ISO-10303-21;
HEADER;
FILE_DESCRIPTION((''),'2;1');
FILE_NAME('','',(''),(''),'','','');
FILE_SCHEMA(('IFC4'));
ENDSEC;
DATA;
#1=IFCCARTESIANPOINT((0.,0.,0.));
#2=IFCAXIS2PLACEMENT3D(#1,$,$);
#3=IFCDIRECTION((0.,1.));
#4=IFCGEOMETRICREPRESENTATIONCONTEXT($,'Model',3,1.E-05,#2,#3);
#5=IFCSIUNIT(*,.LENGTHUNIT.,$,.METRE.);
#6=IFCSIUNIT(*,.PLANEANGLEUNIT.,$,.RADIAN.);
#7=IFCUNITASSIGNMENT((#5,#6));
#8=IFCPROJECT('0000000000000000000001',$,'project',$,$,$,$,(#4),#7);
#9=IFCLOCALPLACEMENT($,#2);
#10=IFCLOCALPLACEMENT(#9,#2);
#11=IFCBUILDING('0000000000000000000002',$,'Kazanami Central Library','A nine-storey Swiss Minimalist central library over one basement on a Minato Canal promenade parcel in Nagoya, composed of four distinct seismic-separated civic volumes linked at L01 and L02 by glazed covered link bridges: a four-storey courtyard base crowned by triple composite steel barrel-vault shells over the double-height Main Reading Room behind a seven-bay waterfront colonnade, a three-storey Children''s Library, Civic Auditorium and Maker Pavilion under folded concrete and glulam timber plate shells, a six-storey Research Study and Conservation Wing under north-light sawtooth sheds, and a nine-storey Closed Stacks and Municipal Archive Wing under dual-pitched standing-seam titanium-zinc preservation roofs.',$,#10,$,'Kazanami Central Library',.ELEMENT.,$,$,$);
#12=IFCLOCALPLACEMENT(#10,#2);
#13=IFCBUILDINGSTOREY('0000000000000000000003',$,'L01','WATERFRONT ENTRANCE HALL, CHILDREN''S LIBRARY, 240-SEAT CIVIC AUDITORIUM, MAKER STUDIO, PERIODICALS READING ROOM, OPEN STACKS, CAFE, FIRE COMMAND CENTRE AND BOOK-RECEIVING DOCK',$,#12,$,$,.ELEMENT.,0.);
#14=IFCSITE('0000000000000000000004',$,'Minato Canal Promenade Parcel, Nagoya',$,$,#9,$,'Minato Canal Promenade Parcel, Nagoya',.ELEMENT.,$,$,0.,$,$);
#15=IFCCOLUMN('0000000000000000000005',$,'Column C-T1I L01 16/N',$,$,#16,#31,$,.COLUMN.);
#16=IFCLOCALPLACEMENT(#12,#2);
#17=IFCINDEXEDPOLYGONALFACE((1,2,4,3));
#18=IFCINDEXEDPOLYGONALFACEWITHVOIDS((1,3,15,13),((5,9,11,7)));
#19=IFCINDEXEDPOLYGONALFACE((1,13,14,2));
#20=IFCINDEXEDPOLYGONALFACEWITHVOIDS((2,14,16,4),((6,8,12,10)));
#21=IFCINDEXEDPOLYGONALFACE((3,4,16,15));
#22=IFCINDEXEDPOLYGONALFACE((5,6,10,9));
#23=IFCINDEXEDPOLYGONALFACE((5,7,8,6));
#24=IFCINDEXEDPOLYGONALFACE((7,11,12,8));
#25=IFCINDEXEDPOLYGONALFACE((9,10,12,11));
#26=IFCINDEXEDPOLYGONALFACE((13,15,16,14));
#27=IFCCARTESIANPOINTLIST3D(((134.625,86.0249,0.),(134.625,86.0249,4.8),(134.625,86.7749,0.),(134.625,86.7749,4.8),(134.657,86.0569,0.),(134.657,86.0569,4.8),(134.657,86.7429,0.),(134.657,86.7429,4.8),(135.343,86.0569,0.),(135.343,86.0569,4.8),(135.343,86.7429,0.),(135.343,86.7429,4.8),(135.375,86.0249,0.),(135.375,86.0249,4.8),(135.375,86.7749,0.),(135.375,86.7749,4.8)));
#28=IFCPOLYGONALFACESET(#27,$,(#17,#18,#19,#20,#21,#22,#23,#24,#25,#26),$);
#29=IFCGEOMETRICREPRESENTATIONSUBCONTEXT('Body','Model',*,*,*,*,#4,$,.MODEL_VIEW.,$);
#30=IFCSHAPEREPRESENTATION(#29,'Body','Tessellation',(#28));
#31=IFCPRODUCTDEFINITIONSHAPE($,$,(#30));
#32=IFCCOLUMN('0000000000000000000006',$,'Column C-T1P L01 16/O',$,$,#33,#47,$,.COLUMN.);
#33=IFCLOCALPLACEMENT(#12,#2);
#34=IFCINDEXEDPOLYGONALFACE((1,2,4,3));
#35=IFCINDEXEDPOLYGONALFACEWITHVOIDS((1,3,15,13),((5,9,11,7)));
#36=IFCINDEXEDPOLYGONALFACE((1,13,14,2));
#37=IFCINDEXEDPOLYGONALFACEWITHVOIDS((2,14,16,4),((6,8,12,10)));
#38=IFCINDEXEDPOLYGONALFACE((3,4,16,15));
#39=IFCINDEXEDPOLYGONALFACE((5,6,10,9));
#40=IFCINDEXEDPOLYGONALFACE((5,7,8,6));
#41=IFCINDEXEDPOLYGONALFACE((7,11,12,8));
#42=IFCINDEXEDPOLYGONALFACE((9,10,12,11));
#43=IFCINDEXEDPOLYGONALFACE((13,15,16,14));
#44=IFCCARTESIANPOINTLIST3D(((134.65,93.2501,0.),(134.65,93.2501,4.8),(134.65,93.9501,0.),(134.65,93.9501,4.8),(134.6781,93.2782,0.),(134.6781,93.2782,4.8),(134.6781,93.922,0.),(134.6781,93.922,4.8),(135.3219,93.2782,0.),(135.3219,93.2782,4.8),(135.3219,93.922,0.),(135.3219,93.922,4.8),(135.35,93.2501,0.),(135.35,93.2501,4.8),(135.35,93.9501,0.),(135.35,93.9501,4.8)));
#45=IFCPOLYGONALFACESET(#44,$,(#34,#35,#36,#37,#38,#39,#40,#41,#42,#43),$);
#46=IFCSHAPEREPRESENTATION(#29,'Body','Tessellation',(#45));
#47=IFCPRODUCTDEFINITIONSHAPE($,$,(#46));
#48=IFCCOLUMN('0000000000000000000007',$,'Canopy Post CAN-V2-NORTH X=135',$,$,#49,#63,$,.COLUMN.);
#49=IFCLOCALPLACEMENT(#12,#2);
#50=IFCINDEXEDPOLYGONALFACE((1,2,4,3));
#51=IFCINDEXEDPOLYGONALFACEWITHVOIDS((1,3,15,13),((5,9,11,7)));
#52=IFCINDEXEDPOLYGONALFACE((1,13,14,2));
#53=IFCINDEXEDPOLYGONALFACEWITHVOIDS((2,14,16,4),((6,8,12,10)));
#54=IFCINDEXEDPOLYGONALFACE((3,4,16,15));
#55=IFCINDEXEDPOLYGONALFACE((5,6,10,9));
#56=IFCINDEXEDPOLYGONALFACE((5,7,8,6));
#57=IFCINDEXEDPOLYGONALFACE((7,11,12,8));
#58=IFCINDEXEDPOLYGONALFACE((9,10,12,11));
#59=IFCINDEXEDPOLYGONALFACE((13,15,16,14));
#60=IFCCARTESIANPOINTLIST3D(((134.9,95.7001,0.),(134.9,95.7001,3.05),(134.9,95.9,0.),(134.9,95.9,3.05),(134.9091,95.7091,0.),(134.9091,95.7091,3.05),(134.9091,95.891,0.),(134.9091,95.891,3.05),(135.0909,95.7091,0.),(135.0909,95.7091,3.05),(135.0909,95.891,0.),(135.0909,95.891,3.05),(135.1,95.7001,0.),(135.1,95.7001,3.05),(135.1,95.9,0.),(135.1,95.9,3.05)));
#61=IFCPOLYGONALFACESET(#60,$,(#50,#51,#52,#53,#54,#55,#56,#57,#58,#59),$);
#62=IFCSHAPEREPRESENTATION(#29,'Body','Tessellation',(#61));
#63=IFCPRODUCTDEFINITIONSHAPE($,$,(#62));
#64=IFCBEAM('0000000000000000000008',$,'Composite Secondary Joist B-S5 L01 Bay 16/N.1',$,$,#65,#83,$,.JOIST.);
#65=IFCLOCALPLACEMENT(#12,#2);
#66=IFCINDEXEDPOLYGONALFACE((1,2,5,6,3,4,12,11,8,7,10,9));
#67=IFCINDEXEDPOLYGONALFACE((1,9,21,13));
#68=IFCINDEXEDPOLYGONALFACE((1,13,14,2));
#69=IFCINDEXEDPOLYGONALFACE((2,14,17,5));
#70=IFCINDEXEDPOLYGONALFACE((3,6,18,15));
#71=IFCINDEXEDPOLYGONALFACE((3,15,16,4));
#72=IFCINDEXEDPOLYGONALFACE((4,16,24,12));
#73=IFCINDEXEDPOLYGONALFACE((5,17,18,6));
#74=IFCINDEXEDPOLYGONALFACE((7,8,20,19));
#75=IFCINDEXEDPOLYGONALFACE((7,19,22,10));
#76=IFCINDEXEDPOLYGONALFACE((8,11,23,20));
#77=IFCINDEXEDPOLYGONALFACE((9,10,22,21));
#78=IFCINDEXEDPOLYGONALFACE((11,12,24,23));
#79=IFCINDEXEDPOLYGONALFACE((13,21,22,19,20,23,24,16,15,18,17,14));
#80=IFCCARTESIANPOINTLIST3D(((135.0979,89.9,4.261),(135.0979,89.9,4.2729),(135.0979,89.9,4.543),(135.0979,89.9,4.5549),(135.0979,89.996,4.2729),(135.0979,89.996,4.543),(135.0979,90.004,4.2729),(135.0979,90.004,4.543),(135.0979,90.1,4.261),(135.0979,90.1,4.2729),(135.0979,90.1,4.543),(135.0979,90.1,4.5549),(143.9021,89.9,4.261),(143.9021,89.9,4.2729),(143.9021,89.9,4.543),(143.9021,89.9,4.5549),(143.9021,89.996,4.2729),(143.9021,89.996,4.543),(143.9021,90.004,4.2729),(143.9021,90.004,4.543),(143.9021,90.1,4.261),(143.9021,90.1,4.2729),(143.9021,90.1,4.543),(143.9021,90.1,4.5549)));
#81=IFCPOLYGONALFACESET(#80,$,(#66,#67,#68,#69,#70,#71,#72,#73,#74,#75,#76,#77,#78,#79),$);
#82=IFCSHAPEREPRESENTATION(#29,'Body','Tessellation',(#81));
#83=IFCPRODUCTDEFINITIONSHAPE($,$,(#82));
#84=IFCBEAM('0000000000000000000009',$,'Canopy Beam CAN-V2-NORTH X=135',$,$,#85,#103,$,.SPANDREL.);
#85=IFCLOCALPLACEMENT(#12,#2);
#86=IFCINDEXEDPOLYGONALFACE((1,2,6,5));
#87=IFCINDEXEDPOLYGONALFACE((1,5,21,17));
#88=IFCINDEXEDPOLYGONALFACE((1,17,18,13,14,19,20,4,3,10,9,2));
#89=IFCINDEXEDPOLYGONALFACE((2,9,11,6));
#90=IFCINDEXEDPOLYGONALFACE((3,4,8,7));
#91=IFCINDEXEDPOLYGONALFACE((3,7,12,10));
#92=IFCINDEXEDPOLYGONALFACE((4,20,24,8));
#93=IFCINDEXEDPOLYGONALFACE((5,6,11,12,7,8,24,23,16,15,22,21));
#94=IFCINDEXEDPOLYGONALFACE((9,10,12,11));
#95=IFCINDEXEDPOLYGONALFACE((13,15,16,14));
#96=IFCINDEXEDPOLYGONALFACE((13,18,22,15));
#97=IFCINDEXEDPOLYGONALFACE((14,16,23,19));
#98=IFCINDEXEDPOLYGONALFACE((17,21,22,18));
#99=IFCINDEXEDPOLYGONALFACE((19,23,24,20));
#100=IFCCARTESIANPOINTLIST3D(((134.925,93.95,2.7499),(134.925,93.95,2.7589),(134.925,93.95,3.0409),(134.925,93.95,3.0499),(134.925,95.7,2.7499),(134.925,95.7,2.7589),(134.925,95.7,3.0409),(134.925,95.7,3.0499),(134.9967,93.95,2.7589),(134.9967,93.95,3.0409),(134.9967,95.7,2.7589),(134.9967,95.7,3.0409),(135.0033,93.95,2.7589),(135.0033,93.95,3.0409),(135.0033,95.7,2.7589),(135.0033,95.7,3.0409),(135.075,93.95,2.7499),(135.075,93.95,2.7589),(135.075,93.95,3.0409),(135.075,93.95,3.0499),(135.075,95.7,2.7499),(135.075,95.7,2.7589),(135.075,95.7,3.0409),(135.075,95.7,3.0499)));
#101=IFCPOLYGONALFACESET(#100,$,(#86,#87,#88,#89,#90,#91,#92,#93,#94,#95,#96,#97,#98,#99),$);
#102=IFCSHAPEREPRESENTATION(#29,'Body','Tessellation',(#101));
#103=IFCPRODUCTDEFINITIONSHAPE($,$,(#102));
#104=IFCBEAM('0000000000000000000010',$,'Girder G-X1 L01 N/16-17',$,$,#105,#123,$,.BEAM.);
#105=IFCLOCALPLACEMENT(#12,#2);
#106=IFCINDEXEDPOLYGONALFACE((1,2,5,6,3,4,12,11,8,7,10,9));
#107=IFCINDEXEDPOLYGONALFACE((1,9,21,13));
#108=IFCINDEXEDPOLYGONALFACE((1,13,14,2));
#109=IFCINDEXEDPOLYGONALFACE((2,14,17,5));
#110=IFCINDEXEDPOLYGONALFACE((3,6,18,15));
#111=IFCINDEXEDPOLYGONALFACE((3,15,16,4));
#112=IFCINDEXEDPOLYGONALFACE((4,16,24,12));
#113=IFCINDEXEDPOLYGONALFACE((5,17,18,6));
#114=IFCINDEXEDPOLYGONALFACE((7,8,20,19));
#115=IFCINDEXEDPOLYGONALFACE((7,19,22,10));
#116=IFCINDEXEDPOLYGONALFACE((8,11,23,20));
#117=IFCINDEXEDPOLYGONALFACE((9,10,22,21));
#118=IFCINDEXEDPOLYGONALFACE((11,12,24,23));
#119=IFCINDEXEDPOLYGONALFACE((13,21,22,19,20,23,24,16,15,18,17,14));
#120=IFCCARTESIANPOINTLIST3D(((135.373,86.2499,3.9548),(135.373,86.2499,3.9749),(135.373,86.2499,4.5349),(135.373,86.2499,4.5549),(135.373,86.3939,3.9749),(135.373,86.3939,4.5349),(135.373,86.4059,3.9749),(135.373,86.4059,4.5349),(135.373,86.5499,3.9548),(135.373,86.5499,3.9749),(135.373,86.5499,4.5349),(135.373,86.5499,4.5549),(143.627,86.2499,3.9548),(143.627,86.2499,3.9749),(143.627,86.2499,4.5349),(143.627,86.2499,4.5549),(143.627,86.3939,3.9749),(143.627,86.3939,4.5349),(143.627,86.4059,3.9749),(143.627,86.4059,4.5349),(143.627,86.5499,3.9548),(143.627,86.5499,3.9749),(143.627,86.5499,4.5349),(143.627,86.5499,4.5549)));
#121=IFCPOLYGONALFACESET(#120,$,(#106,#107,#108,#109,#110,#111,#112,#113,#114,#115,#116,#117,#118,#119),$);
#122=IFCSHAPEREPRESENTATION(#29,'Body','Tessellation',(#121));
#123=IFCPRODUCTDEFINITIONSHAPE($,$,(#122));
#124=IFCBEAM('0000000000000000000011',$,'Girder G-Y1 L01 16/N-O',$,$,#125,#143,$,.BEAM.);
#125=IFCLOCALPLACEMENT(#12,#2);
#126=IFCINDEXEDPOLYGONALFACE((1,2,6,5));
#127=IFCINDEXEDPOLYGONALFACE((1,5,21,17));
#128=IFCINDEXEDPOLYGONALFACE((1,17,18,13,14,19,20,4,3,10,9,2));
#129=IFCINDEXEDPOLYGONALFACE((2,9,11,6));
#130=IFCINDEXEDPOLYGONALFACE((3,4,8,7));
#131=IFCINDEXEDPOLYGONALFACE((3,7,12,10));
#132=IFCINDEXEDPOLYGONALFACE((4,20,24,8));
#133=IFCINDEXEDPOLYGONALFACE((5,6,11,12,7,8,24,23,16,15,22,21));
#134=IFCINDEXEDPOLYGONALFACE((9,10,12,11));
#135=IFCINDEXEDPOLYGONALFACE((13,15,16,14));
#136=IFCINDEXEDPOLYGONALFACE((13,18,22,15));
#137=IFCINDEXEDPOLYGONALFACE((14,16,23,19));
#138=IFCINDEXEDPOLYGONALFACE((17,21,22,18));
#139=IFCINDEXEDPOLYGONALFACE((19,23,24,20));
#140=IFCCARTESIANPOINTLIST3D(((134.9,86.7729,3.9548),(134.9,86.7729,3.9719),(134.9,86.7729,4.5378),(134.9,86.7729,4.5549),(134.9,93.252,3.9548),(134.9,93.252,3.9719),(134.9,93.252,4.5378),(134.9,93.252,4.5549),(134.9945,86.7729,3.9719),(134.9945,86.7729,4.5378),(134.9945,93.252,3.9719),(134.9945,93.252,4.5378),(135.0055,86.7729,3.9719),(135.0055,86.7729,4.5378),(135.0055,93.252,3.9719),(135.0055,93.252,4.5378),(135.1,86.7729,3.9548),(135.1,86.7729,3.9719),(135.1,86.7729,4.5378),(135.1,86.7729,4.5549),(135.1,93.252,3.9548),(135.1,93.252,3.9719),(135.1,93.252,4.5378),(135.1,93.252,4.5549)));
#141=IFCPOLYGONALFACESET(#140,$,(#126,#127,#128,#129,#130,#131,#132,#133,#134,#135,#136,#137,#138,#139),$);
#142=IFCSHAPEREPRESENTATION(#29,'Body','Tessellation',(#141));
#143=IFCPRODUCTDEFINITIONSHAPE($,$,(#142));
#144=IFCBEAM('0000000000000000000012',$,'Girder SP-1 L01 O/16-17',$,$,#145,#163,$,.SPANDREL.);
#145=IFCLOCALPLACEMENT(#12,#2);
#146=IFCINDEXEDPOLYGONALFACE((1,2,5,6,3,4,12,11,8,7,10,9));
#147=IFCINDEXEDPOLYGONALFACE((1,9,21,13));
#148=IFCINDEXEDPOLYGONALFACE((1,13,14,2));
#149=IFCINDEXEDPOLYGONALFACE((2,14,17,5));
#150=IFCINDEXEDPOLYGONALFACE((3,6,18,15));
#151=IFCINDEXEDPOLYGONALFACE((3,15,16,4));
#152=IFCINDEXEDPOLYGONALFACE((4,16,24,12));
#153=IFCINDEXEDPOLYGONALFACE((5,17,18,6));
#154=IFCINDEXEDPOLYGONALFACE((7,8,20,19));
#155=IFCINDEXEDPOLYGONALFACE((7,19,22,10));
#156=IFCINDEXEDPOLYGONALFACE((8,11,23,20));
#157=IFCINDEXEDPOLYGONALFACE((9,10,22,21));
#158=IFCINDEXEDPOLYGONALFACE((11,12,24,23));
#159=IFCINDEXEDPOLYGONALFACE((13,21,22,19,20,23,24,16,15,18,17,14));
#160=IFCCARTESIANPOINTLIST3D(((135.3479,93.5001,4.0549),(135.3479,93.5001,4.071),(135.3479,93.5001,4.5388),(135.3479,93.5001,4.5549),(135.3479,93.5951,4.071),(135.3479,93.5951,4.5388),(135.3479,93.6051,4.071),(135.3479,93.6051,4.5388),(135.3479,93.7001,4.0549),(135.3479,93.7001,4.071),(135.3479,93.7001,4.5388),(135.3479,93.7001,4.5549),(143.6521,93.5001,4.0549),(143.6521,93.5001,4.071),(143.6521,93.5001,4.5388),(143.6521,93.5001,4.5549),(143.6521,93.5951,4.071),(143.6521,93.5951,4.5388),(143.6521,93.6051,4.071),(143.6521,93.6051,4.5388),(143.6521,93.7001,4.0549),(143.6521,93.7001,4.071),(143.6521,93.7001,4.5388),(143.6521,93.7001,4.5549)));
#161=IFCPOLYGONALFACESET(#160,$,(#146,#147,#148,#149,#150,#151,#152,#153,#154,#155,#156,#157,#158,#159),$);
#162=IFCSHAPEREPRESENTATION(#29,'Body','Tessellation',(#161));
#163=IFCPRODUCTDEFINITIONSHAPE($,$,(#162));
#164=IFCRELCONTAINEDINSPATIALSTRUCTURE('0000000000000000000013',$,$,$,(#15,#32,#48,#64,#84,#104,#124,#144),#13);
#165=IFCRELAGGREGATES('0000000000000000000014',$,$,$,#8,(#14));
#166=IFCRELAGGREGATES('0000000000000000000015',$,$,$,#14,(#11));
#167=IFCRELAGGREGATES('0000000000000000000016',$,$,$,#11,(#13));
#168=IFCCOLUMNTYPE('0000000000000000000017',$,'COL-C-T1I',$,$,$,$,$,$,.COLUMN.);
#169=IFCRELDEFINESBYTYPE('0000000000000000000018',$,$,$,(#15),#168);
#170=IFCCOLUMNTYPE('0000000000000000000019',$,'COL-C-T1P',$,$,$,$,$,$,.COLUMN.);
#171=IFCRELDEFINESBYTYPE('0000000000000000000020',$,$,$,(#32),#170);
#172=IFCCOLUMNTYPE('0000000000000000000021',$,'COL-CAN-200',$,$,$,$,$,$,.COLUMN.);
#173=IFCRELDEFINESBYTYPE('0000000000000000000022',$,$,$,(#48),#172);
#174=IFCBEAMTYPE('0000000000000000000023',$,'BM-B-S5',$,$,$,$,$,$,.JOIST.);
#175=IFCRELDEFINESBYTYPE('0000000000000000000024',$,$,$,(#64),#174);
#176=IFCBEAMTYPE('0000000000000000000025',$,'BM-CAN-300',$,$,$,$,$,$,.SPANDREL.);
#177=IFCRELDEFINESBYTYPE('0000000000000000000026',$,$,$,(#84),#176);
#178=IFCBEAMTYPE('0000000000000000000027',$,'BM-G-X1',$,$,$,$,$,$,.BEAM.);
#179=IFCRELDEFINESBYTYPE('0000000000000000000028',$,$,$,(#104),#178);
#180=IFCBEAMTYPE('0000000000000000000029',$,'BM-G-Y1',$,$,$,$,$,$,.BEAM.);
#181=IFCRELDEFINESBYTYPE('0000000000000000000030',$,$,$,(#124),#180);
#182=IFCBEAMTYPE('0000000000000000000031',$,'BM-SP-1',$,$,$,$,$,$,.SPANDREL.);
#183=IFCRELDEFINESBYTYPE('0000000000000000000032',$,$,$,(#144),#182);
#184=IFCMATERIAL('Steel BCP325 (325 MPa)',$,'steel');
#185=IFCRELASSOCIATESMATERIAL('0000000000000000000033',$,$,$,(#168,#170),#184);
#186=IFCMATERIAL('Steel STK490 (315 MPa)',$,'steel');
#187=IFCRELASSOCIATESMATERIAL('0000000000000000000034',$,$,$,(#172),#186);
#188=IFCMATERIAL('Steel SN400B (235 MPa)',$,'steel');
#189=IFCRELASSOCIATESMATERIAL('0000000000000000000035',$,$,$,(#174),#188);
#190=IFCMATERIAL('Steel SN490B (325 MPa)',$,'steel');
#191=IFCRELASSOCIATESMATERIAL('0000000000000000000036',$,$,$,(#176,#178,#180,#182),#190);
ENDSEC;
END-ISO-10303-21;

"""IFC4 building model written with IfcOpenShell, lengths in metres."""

from ifc_helpers import new_model, si_unit, direction, frame, origin, origin_2d, place, context, subcontext, project, spatial, hollow_rectangle, i_section, extrude, material, material_profile, profile_set, type_object, element, save


model = new_model("IFC4")

# Units and contexts
model_context = context("Model", 3, precision=1e-05, world=origin(), true_north=direction((0.0, 1.0)))
body_context = subcontext(model_context, "Body", "Model", "MODEL_VIEW")
ifc_project = project(units=[si_unit("LENGTHUNIT", "METRE"), si_unit("PLANEANGLEUNIT", "RADIAN")], contexts=[model_context])

# Site, building, storey
site_placement = place(None, origin())
site = spatial("IfcSite", under=ifc_project, at=site_placement, Name="Minato Canal Promenade Parcel, Nagoya", LongName="Minato Canal Promenade Parcel, Nagoya", CompositionType="ELEMENT", RefElevation=0.0)
building_placement = place(site_placement, origin())
building = spatial("IfcBuilding", under=site, at=building_placement, Name="Kazanami Central Library", Description="A nine-storey Swiss Minimalist central library over one basement on a Minato Canal promenade parcel in Nagoya, composed of four distinct seismic-separated civic volumes linked at L01 and L02 by glazed covered link bridges: a four-storey courtyard base crowned by triple composite steel barrel-vault shells over the double-height Main Reading Room behind a seven-bay waterfront colonnade, a three-storey Children's Library, Civic Auditorium and Maker Pavilion under folded concrete and glulam timber plate shells, a six-storey Research Study and Conservation Wing under north-light sawtooth sheds, and a nine-storey Closed Stacks and Municipal Archive Wing under dual-pitched standing-seam titanium-zinc preservation roofs.", LongName="Kazanami Central Library", CompositionType="ELEMENT")
storey_placement = place(building_placement, origin())
storey = spatial("IfcBuildingStorey", under=building, at=storey_placement, Name="L01", Description="WATERFRONT ENTRANCE HALL, CHILDREN'S LIBRARY, 240-SEAT CIVIC AUDITORIUM, MAKER STUDIO, PERIODICALS READING ROOM, OPEN STACKS, CAFE, FIRE COMMAND CENTRE AND BOOK-RECEIVING DOCK", CompositionType="ELEMENT", Elevation=0.0)

# Columns
ifc_material_1 = material(Name="Steel BCP325 (325 MPa)", Category="steel")
ifc_material_profile_1 = material_profile(ifc_material_1, hollow_rectangle(XDim=0.75, YDim=0.75, WallThickness=0.032, at=origin_2d()), Name="BCP-750x750x32")
ifc_profile_set_1 = profile_set([ifc_material_profile_1], Name="Steel BCP325 (325 MPa)")
column_type_1 = type_object("IfcColumnType", Name="COL-C-T1I", PredefinedType="COLUMN", material=ifc_profile_set_1)
column_1_placement = place(storey_placement, frame((135.0, 86.3999, 0.0), z_axis=(0.0, 0.0, 1.0), x_axis=(1.0, 0.0, 0.0)))
element("IfcColumn", 1, at=column_1_placement, inside=storey, type_object=column_type_1, Name="Column C-T1I L01 16/N", PredefinedType="COLUMN", context=body_context, shape_type="SweptSolid", body=[
    extrude(hollow_rectangle(XDim=0.75, YDim=0.75, WallThickness=0.032, at=origin_2d()), origin(), (0.0, 0.0, 1.0), 4.8),
])
ifc_material_profile_2 = material_profile(ifc_material_1, hollow_rectangle(XDim=0.7, YDim=0.7, WallThickness=0.0281, at=origin_2d()), Name="BCP-700x700x28")
ifc_profile_set_2 = profile_set([ifc_material_profile_2], Name="Steel BCP325 (325 MPa)")
column_type_2 = type_object("IfcColumnType", Name="COL-C-T1P", PredefinedType="COLUMN", material=ifc_profile_set_2)
column_2_placement = place(storey_placement, frame((135.0, 93.6001, 0.0), z_axis=(0.0, 0.0, 1.0), x_axis=(1.0, 0.0, 0.0)))
element("IfcColumn", 2, at=column_2_placement, inside=storey, type_object=column_type_2, Name="Column C-T1P L01 16/O", PredefinedType="COLUMN", context=body_context, shape_type="SweptSolid", body=[
    extrude(hollow_rectangle(XDim=0.7, YDim=0.7, WallThickness=0.0281, at=origin_2d()), origin(), (0.0, 0.0, 1.0), 4.8),
])
ifc_material_2 = material(Name="Steel STK490 (315 MPa)", Category="steel")
ifc_material_profile_3 = material_profile(ifc_material_2, hollow_rectangle(XDim=0.2, YDim=0.2, WallThickness=0.009, at=origin_2d()), Name="STKR-200x200x9")
ifc_profile_set_3 = profile_set([ifc_material_profile_3], Name="Steel STK490 (315 MPa)")
column_type_3 = type_object("IfcColumnType", Name="COL-CAN-200", PredefinedType="COLUMN", material=ifc_profile_set_3)
column_3_placement = place(storey_placement, frame((135.0, 95.8, 0.0), z_axis=(0.0, 0.0, 1.0), x_axis=(1.0, 0.0, 0.0)))
element("IfcColumn", 3, at=column_3_placement, inside=storey, type_object=column_type_3, Name="Canopy Post CAN-V2-NORTH X=135", PredefinedType="COLUMN", context=body_context, shape_type="SweptSolid", body=[
    extrude(hollow_rectangle(XDim=0.2, YDim=0.2, WallThickness=0.009, at=origin_2d()), origin(), (0.0, 0.0, 1.0), 3.05),
])

# Beams
ifc_material_3 = material(Name="Steel SN400B (235 MPa)", Category="steel")
ifc_material_profile_4 = material_profile(ifc_material_3, i_section(OverallWidth=0.2, OverallDepth=0.2939, WebThickness=0.0081, FlangeThickness=0.012, at=origin_2d()), Name="H-294x200x8x12")
ifc_profile_set_4 = profile_set([ifc_material_profile_4], Name="Steel SN400B (235 MPa)")
beam_type_1 = type_object("IfcBeamType", Name="BM-B-S5", PredefinedType="JOIST", material=ifc_profile_set_4)
beam_1_placement = place(storey_placement, frame((135.0979, 90.0, 4.408), z_axis=(1.0, 0.0, 0.0), x_axis=(0.0, 1.0, 0.0)))
element("IfcBeam", 4, at=beam_1_placement, inside=storey, type_object=beam_type_1, Name="Composite Secondary Joist B-S5 L01 Bay 16/N.1", PredefinedType="JOIST", context=body_context, shape_type="SweptSolid", body=[
    extrude(i_section(OverallWidth=0.2, OverallDepth=0.2939, WebThickness=0.0081, FlangeThickness=0.012, at=origin_2d()), origin(), (0.0, 0.0, 1.0), 8.8042),
])
ifc_material_4 = material(Name="Steel SN490B (325 MPa)", Category="steel")
ifc_material_profile_5 = material_profile(ifc_material_4, i_section(OverallWidth=0.1499, OverallDepth=0.3, WebThickness=0.0066, FlangeThickness=0.009, at=origin_2d()), Name="H-300x150x6.5x9")
ifc_profile_set_5 = profile_set([ifc_material_profile_5], Name="Steel SN490B (325 MPa)")
beam_type_2 = type_object("IfcBeamType", Name="BM-CAN-300", PredefinedType="SPANDREL", material=ifc_profile_set_5)
beam_2_placement = place(storey_placement, frame((135.0, 93.95, 2.8999), z_axis=(0.0, 1.0, 0.0), x_axis=(-1.0, 0.0, 0.0)))
element("IfcBeam", 5, at=beam_2_placement, inside=storey, type_object=beam_type_2, Name="Canopy Beam CAN-V2-NORTH X=135", PredefinedType="SPANDREL", context=body_context, shape_type="SweptSolid", body=[
    extrude(i_section(OverallWidth=0.1499, OverallDepth=0.3, WebThickness=0.0066, FlangeThickness=0.009, at=origin_2d()), origin(), (0.0, 0.0, 1.0), 1.75),
])
ifc_material_profile_6 = material_profile(ifc_material_4, i_section(OverallWidth=0.3, OverallDepth=0.6001, WebThickness=0.012, FlangeThickness=0.02, at=origin_2d()), Name="H-600x300x12x20")
ifc_profile_set_6 = profile_set([ifc_material_profile_6], Name="Steel SN490B (325 MPa)")
beam_type_3 = type_object("IfcBeamType", Name="BM-G-X1", PredefinedType="BEAM", material=ifc_profile_set_6)
beam_3_placement = place(storey_placement, frame((135.373, 86.3999, 4.2549), z_axis=(1.0, 0.0, 0.0), x_axis=(0.0, 1.0, 0.0)))
element("IfcBeam", 6, at=beam_3_placement, inside=storey, type_object=beam_type_3, Name="Girder G-X1 L01 N/16-17", PredefinedType="BEAM", context=body_context, shape_type="SweptSolid", body=[
    extrude(i_section(OverallWidth=0.3, OverallDepth=0.6001, WebThickness=0.012, FlangeThickness=0.02, at=origin_2d()), origin(), (0.0, 0.0, 1.0), 8.2539),
])
ifc_material_profile_7 = material_profile(ifc_material_4, i_section(OverallWidth=0.2, OverallDepth=0.6001, WebThickness=0.011, FlangeThickness=0.0171, at=origin_2d()), Name="H-600x200x11x17")
ifc_profile_set_7 = profile_set([ifc_material_profile_7], Name="Steel SN490B (325 MPa)")
beam_type_4 = type_object("IfcBeamType", Name="BM-G-Y1", PredefinedType="BEAM", material=ifc_profile_set_7)
beam_4_placement = place(storey_placement, frame((135.0, 86.7729, 4.2549), z_axis=(0.0, 1.0, 0.0), x_axis=(-1.0, 0.0, 0.0)))
element("IfcBeam", 7, at=beam_4_placement, inside=storey, type_object=beam_type_4, Name="Girder G-Y1 L01 16/N-O", PredefinedType="BEAM", context=body_context, shape_type="SweptSolid", body=[
    extrude(i_section(OverallWidth=0.2, OverallDepth=0.6001, WebThickness=0.011, FlangeThickness=0.0171, at=origin_2d()), origin(), (0.0, 0.0, 1.0), 6.479),
])
ifc_material_profile_8 = material_profile(ifc_material_4, i_section(OverallWidth=0.2, OverallDepth=0.5, WebThickness=0.01, FlangeThickness=0.0161, at=origin_2d()), Name="H-500x200x10x16")
ifc_profile_set_8 = profile_set([ifc_material_profile_8], Name="Steel SN490B (325 MPa)")
beam_type_5 = type_object("IfcBeamType", Name="BM-SP-1", PredefinedType="SPANDREL", material=ifc_profile_set_8)
beam_5_placement = place(storey_placement, frame((135.3479, 93.6001, 4.3049), z_axis=(1.0, 0.0, 0.0), x_axis=(0.0, 1.0, 0.0)))
element("IfcBeam", 8, at=beam_5_placement, inside=storey, type_object=beam_type_5, Name="Girder SP-1 L01 O/16-17", PredefinedType="SPANDREL", context=body_context, shape_type="SweptSolid", body=[
    extrude(i_section(OverallWidth=0.2, OverallDepth=0.5, WebThickness=0.01, FlangeThickness=0.0161, at=origin_2d()), origin(), (0.0, 0.0, 1.0), 8.3042),
])

save(model, "model.ifc")
